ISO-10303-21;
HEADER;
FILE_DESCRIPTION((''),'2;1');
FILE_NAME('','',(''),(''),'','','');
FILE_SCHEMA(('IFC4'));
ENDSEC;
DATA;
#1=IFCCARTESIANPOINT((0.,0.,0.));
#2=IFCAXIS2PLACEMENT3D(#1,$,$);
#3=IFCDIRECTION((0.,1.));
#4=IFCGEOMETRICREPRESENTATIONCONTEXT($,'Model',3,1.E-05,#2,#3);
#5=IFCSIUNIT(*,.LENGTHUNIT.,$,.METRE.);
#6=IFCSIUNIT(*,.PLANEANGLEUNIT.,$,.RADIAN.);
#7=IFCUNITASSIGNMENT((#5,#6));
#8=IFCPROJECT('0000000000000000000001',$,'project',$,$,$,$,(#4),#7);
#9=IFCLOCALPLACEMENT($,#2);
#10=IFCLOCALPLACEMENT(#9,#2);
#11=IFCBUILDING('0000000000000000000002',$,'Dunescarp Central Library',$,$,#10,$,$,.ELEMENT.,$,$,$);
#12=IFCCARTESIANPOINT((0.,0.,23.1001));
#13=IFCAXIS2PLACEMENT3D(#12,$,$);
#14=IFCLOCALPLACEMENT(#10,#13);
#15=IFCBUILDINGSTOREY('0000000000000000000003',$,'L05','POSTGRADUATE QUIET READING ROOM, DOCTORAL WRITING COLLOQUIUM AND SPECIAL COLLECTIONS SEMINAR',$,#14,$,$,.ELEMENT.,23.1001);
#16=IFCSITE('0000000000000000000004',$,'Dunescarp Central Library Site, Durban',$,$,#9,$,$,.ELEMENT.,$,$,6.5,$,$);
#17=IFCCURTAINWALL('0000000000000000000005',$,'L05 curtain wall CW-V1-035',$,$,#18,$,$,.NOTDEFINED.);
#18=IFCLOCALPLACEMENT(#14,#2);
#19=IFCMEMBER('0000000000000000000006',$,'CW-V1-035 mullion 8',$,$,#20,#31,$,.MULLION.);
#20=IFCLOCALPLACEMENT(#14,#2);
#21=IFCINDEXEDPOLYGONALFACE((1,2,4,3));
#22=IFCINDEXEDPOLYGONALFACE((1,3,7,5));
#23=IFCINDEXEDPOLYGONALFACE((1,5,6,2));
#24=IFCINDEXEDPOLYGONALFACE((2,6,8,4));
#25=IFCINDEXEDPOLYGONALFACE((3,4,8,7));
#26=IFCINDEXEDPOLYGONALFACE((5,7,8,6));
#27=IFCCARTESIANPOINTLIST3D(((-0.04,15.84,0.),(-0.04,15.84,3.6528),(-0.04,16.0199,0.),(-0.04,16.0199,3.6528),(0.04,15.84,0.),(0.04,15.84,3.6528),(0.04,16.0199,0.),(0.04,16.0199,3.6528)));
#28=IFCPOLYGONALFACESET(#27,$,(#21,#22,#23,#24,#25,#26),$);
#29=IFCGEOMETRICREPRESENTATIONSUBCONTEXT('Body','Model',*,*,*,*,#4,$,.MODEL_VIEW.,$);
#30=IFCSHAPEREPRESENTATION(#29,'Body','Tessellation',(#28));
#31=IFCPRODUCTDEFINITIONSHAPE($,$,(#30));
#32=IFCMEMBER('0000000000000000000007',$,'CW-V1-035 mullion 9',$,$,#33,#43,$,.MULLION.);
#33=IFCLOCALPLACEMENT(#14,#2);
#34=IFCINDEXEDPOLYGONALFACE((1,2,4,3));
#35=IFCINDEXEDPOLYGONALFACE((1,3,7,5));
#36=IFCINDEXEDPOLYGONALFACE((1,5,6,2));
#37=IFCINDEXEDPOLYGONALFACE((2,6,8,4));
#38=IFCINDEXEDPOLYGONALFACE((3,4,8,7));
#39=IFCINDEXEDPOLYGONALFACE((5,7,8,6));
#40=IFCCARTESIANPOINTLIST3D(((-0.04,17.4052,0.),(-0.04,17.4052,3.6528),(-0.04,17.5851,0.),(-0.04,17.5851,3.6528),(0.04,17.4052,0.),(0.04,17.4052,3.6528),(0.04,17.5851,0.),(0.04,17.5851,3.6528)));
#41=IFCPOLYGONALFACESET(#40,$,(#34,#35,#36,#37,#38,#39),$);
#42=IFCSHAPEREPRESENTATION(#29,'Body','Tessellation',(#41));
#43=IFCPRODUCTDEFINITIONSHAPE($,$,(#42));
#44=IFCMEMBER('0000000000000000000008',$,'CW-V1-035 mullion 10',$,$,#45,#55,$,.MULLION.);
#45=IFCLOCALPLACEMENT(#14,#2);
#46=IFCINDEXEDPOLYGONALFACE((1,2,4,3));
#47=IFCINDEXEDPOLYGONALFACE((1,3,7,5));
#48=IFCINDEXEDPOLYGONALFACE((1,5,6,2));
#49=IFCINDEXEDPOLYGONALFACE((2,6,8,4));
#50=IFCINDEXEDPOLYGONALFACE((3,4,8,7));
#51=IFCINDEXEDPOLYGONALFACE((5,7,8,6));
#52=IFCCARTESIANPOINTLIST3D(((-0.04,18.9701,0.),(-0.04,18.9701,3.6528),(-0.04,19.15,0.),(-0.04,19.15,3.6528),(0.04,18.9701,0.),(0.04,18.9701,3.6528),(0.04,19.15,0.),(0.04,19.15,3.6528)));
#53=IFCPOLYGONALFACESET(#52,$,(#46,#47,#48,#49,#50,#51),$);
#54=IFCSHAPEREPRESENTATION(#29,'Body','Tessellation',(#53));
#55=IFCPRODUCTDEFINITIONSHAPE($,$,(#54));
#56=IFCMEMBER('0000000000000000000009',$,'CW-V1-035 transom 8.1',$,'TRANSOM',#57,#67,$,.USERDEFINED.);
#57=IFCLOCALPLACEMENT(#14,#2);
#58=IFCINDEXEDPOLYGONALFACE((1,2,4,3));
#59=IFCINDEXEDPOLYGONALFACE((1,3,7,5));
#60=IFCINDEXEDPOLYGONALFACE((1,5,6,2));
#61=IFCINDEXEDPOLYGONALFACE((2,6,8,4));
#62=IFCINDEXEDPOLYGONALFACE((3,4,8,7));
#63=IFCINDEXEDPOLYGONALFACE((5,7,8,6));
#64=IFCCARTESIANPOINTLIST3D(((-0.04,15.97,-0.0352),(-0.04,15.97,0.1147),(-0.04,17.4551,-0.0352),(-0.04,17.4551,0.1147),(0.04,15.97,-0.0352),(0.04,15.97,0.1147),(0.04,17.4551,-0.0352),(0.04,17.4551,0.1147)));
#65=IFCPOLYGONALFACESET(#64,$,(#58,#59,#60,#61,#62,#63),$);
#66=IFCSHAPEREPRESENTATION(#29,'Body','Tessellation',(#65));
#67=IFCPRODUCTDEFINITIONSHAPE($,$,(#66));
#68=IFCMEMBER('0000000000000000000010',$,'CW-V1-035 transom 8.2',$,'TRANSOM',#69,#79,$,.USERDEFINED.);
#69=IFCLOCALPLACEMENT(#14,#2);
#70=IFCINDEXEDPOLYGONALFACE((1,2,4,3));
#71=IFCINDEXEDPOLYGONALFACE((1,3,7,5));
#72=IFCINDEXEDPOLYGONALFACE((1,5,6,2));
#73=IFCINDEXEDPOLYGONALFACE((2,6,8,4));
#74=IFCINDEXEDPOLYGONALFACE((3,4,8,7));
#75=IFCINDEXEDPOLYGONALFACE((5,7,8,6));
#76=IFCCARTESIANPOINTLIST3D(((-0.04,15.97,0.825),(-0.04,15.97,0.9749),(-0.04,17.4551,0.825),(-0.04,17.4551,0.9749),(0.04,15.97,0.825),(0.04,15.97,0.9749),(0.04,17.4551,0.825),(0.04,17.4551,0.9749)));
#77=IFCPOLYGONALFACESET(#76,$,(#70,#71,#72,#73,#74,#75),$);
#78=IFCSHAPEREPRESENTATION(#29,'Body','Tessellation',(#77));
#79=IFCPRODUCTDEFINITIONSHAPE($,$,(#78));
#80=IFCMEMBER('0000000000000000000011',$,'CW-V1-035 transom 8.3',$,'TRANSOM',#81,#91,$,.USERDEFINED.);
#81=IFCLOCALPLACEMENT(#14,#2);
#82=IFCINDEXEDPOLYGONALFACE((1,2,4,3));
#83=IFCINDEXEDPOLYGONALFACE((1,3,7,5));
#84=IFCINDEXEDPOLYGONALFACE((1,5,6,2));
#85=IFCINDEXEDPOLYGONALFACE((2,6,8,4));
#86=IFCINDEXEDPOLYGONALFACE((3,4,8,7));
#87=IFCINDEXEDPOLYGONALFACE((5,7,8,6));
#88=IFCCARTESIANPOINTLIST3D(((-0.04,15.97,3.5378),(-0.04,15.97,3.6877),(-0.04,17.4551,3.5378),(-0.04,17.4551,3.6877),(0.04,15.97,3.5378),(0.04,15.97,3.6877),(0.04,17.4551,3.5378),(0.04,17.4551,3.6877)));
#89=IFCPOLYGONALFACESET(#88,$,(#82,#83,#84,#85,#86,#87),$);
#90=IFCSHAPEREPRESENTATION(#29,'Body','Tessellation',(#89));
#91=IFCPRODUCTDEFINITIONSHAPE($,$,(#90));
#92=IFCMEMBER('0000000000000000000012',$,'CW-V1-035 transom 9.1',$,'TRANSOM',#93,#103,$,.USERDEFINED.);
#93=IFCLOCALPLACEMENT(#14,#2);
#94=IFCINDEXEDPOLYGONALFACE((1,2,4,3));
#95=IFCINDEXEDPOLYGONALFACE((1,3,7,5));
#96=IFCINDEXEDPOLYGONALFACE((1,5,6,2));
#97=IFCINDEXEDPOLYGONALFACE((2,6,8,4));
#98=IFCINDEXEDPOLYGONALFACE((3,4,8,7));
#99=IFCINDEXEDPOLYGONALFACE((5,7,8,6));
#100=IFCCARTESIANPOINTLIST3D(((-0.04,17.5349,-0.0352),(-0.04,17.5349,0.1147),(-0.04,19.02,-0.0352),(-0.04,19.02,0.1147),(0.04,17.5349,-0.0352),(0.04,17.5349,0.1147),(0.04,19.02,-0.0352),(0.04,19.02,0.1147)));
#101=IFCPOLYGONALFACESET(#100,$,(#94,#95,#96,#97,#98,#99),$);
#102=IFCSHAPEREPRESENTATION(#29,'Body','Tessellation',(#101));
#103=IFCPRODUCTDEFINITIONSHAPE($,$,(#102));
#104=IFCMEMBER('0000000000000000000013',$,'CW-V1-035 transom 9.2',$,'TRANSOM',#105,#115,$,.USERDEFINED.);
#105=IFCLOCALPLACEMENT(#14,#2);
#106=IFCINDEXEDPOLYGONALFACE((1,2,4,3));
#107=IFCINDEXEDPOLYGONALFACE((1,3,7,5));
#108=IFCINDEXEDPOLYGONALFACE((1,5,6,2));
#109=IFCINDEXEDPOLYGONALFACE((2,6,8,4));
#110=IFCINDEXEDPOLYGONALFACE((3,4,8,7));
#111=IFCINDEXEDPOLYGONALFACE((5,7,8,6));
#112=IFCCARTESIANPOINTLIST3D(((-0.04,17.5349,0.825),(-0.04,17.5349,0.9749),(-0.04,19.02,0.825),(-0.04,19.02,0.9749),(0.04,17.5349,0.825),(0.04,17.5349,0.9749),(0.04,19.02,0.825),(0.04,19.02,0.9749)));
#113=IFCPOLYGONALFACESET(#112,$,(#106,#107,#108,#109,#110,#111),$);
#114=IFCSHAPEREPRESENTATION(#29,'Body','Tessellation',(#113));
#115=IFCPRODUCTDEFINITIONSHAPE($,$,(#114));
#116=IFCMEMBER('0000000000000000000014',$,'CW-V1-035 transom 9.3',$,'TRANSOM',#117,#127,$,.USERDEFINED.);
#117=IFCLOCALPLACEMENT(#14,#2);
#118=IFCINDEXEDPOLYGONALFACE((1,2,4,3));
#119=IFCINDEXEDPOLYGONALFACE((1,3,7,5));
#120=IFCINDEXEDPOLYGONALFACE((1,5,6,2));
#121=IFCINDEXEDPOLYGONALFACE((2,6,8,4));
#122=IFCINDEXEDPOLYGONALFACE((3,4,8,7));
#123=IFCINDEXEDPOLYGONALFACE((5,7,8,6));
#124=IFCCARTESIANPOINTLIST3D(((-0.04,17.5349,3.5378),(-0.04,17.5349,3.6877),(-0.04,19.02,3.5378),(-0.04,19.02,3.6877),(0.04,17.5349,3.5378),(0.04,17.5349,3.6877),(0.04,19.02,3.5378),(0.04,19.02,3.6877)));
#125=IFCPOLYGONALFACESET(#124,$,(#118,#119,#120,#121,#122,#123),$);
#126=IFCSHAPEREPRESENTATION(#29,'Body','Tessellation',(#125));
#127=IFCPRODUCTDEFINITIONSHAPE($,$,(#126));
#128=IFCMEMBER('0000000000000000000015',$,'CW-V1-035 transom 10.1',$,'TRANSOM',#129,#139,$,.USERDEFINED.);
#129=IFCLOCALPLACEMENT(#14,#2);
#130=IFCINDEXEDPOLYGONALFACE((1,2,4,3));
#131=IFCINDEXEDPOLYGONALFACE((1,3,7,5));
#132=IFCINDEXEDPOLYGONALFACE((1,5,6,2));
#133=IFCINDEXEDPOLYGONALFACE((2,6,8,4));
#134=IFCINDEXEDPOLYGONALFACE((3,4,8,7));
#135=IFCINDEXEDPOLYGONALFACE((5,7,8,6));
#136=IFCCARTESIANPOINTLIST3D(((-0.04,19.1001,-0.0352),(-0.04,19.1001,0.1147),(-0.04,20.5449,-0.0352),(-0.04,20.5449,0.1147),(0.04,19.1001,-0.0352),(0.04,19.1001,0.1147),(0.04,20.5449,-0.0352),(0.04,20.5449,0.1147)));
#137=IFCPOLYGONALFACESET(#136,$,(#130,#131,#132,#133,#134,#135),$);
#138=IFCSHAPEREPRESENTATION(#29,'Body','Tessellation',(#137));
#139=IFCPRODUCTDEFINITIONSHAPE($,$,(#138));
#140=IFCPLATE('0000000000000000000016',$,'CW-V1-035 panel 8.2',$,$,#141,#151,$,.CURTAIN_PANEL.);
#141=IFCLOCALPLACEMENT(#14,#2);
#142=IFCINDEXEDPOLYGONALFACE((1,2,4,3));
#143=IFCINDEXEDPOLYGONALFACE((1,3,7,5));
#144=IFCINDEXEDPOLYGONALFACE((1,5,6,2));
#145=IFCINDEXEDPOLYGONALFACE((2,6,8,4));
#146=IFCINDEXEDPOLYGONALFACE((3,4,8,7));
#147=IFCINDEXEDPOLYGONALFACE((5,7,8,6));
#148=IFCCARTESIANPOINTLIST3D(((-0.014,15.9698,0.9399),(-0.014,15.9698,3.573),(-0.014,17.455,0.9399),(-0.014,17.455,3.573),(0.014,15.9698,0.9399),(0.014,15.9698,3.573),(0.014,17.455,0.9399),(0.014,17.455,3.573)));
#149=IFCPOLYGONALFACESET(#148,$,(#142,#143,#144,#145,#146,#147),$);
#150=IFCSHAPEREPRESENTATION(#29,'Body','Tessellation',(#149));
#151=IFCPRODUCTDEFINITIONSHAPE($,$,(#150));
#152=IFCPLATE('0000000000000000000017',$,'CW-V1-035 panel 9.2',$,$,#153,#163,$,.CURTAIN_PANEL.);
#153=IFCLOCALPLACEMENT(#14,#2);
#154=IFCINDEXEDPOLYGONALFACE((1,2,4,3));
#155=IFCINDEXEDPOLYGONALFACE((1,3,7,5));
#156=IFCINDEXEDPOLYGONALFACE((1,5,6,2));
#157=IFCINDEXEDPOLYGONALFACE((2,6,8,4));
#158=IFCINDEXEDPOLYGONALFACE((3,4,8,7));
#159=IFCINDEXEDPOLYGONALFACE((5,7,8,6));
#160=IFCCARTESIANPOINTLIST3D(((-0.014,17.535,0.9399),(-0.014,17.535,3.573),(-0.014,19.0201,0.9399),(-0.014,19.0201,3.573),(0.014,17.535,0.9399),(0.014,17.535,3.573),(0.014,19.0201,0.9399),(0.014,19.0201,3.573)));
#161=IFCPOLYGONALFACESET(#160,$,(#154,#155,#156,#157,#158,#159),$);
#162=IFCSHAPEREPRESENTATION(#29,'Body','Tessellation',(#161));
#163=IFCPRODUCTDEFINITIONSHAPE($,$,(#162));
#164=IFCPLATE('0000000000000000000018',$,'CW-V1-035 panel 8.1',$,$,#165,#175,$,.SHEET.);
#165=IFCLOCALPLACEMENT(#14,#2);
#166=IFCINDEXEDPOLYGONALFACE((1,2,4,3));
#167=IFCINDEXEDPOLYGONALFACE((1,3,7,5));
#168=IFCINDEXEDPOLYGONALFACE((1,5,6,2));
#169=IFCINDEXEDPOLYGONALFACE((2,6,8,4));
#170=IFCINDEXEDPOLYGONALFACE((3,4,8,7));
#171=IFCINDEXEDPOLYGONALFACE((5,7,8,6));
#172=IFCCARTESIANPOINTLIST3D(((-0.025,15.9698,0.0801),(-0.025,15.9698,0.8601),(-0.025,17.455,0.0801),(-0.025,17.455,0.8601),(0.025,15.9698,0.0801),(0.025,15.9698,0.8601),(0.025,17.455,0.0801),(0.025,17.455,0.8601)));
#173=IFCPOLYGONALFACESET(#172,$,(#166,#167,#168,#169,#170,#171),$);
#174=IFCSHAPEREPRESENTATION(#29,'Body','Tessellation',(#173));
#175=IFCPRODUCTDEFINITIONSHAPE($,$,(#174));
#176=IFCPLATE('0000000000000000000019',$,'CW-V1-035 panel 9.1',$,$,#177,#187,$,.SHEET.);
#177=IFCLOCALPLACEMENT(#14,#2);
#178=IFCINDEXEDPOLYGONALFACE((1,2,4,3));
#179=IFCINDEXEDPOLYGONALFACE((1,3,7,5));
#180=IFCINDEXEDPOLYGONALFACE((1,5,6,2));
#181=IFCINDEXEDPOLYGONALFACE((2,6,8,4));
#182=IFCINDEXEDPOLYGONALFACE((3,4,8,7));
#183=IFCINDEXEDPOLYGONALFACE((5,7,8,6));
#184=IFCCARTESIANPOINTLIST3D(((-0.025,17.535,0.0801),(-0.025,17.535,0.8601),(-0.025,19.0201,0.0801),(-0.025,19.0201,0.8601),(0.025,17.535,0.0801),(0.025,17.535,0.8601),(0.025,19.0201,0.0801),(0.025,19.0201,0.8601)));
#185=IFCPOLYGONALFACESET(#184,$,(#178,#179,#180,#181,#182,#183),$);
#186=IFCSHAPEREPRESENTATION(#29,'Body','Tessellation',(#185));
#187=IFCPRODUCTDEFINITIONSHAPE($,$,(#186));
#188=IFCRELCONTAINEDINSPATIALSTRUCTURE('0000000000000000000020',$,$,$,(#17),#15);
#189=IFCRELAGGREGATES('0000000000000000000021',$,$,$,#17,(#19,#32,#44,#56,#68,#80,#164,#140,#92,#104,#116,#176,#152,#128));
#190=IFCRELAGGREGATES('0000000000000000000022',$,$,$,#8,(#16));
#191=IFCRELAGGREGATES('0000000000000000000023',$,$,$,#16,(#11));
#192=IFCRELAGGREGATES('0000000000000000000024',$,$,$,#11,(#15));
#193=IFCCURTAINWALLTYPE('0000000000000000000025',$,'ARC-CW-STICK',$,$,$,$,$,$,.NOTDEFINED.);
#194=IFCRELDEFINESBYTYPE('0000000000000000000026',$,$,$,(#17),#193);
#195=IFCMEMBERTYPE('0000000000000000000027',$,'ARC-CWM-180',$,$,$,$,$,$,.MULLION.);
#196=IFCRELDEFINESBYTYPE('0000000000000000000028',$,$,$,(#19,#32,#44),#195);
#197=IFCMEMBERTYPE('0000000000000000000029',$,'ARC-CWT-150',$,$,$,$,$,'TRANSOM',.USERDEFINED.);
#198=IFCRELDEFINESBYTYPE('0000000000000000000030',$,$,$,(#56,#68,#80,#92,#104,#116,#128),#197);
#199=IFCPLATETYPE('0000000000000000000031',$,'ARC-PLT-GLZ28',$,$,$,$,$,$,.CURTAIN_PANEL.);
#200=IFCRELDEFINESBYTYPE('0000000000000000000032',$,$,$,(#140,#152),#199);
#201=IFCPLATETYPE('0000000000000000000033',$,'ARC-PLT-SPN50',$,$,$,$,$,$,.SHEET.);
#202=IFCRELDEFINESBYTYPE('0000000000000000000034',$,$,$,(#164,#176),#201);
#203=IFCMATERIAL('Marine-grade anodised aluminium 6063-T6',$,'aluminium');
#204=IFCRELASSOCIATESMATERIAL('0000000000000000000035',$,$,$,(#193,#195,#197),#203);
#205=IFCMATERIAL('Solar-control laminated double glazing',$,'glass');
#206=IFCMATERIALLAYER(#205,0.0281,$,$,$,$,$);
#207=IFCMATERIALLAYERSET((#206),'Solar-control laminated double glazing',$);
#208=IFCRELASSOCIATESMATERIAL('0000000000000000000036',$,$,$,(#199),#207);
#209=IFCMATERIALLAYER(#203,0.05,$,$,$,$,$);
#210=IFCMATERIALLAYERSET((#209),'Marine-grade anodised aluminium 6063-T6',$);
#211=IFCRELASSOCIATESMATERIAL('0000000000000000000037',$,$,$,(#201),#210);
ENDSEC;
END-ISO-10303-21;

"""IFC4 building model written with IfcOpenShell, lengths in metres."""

from ifc_helpers import new_model, si_unit, direction, frame, origin, origin_2d, place, context, subcontext, project, spatial, rectangle, extrude, material, layer, layer_set, material_profile, profile_set, type_object, element, aggregate, save


model = new_model("IFC4")

# Units and contexts
model_context = context("Model", 3, precision=1e-05, world=origin(), true_north=direction((0.0, 1.0)))
body_context = subcontext(model_context, "Body", "Model", "MODEL_VIEW")
ifc_project = project(units=[si_unit("LENGTHUNIT", "METRE"), si_unit("PLANEANGLEUNIT", "RADIAN")], contexts=[model_context])

# Site, building, storey
site_placement = place(None, origin())
site = spatial("IfcSite", under=ifc_project, at=site_placement, Name="Dunescarp Central Library Site, Durban", CompositionType="ELEMENT", RefElevation=6.5)
building_placement = place(site_placement, origin())
building = spatial("IfcBuilding", under=site, at=building_placement, Name="Dunescarp Central Library", CompositionType="ELEMENT")
storey_placement = place(building_placement, frame((0.0, 0.0, 23.1001)))
storey = spatial("IfcBuildingStorey", under=building, at=storey_placement, Name="L05", Description="POSTGRADUATE QUIET READING ROOM, DOCTORAL WRITING COLLOQUIUM AND SPECIAL COLLECTIONS SEMINAR", CompositionType="ELEMENT", Elevation=23.1001)

# Curtain wall, members, plates
ifc_material_1 = material(Name="Marine-grade anodised aluminium 6063-T6", Category="aluminium")
curtain_wall_type = type_object("IfcCurtainWallType", Name="ARC-CW-STICK", PredefinedType="NOTDEFINED", material=ifc_material_1)
curtain_wall_placement = place(storey_placement, origin())
curtain_wall = element("IfcCurtainWall", 1, at=curtain_wall_placement, inside=storey, type_object=curtain_wall_type, Name="L05 curtain wall CW-V1-035", PredefinedType="NOTDEFINED")
ifc_material_profile_1 = material_profile(ifc_material_1, rectangle(XDim=0.0801, YDim=0.1799, at=origin_2d()), Name="AL 80x180")
ifc_profile_set_1 = profile_set([ifc_material_profile_1], Name="Marine-grade anodised aluminium 6063-T6")
member_type_1 = type_object("IfcMemberType", Name="ARC-CWM-180", PredefinedType="MULLION", material=ifc_profile_set_1)
member_1_placement = place(storey_placement, frame((0.0, 15.9299, 0.0), z_axis=(0.0, 0.0, 1.0), x_axis=(-1.0, 0.0, 0.0)))
member_1 = element("IfcMember", 2, at=member_1_placement, type_object=member_type_1, Name="CW-V1-035 mullion 8", PredefinedType="MULLION", context=body_context, shape_type="SweptSolid", body=[
    extrude(rectangle(XDim=0.0801, YDim=0.1799, at=origin_2d()), origin(), (0.0, 0.0, 1.0), 3.6528),
])
member_2_placement = place(storey_placement, frame((0.0, 17.4951, 0.0), z_axis=(0.0, 0.0, 1.0), x_axis=(-1.0, 0.0, 0.0)))
member_2 = element("IfcMember", 3, at=member_2_placement, type_object=member_type_1, Name="CW-V1-035 mullion 9", PredefinedType="MULLION", context=body_context, shape_type="SweptSolid", body=[
    extrude(rectangle(XDim=0.0801, YDim=0.1799, at=origin_2d()), origin(), (0.0, 0.0, 1.0), 3.6528),
])
member_3_placement = place(storey_placement, frame((0.0, 19.0601, 0.0), z_axis=(0.0, 0.0, 1.0), x_axis=(-1.0, 0.0, 0.0)))
member_3 = element("IfcMember", 4, at=member_3_placement, type_object=member_type_1, Name="CW-V1-035 mullion 10", PredefinedType="MULLION", context=body_context, shape_type="SweptSolid", body=[
    extrude(rectangle(XDim=0.0801, YDim=0.1799, at=origin_2d()), origin(), (0.0, 0.0, 1.0), 3.6528),
])
ifc_material_profile_2 = material_profile(ifc_material_1, rectangle(XDim=0.0801, YDim=0.1499, at=origin_2d()), Name="AL 80x150")
ifc_profile_set_2 = profile_set([ifc_material_profile_2], Name="Marine-grade anodised aluminium 6063-T6")
member_type_2 = type_object("IfcMemberType", Name="ARC-CWT-150", ElementType="TRANSOM", PredefinedType="USERDEFINED", material=ifc_profile_set_2)
member_4_placement = place(storey_placement, frame((0.0, 15.97, 0.0398), z_axis=(0.0, 1.0, 0.0), x_axis=(-1.0, 0.0, 0.0)))
member_4 = element("IfcMember", 5, at=member_4_placement, type_object=member_type_2, Name="CW-V1-035 transom 8.1", ObjectType="TRANSOM", PredefinedType="USERDEFINED", context=body_context, shape_type="SweptSolid", body=[
    extrude(rectangle(XDim=0.0801, YDim=0.1499, at=origin_2d()), origin(), (0.0, 0.0, 1.0), 1.4851),
])
member_5_placement = place(storey_placement, frame((0.0, 15.97, 0.8999), z_axis=(0.0, 1.0, 0.0), x_axis=(-1.0, 0.0, 0.0)))
member_5 = element("IfcMember", 6, at=member_5_placement, type_object=member_type_2, Name="CW-V1-035 transom 8.2", ObjectType="TRANSOM", PredefinedType="USERDEFINED", context=body_context, shape_type="SweptSolid", body=[
    extrude(rectangle(XDim=0.0801, YDim=0.1499, at=origin_2d()), origin(), (0.0, 0.0, 1.0), 1.4851),
])
member_6_placement = place(storey_placement, frame((0.0, 15.97, 3.6128), z_axis=(0.0, 1.0, 0.0), x_axis=(-1.0, 0.0, 0.0)))
member_6 = element("IfcMember", 7, at=member_6_placement, type_object=member_type_2, Name="CW-V1-035 transom 8.3", ObjectType="TRANSOM", PredefinedType="USERDEFINED", context=body_context, shape_type="SweptSolid", body=[
    extrude(rectangle(XDim=0.0801, YDim=0.1499, at=origin_2d()), origin(), (0.0, 0.0, 1.0), 1.4851),
])
member_7_placement = place(storey_placement, frame((0.0, 17.5349, 0.0398), z_axis=(0.0, 1.0, 0.0), x_axis=(-1.0, 0.0, 0.0)))
member_7 = element("IfcMember", 8, at=member_7_placement, type_object=member_type_2, Name="CW-V1-035 transom 9.1", ObjectType="TRANSOM", PredefinedType="USERDEFINED", context=body_context, shape_type="SweptSolid", body=[
    extrude(rectangle(XDim=0.0801, YDim=0.1499, at=origin_2d()), origin(), (0.0, 0.0, 1.0), 1.4851),
])
member_8_placement = place(storey_placement, frame((0.0, 17.5349, 0.8999), z_axis=(0.0, 1.0, 0.0), x_axis=(-1.0, 0.0, 0.0)))
member_8 = element("IfcMember", 9, at=member_8_placement, type_object=member_type_2, Name="CW-V1-035 transom 9.2", ObjectType="TRANSOM", PredefinedType="USERDEFINED", context=body_context, shape_type="SweptSolid", body=[
    extrude(rectangle(XDim=0.0801, YDim=0.1499, at=origin_2d()), origin(), (0.0, 0.0, 1.0), 1.4851),
])
member_9_placement = place(storey_placement, frame((0.0, 17.5349, 3.6128), z_axis=(0.0, 1.0, 0.0), x_axis=(-1.0, 0.0, 0.0)))
member_9 = element("IfcMember", 10, at=member_9_placement, type_object=member_type_2, Name="CW-V1-035 transom 9.3", ObjectType="TRANSOM", PredefinedType="USERDEFINED", context=body_context, shape_type="SweptSolid", body=[
    extrude(rectangle(XDim=0.0801, YDim=0.1499, at=origin_2d()), origin(), (0.0, 0.0, 1.0), 1.4851),
])
member_10_placement = place(storey_placement, frame((0.0, 19.1001, 0.0398), z_axis=(0.0, 1.0, 0.0), x_axis=(-1.0, 0.0, 0.0)))
member_10 = element("IfcMember", 11, at=member_10_placement, type_object=member_type_2, Name="CW-V1-035 transom 10.1", ObjectType="TRANSOM", PredefinedType="USERDEFINED", context=body_context, shape_type="SweptSolid", body=[
    extrude(rectangle(XDim=0.0801, YDim=0.1499, at=origin_2d()), origin(), (0.0, 0.0, 1.0), 1.4448),
])
ifc_material_2 = material(Name="Solar-control laminated double glazing", Category="glass")
ifc_layer_1 = layer(ifc_material_2, 0.0281)
ifc_layer_set_1 = layer_set([ifc_layer_1], Name="Solar-control laminated double glazing")
plate_type_1 = type_object("IfcPlateType", Name="ARC-PLT-GLZ28", PredefinedType="CURTAIN_PANEL", material=ifc_layer_set_1)
plate_1_placement = place(storey_placement, frame((0.0, 16.7124, 0.9399), z_axis=(0.0, 0.0, 1.0), x_axis=(0.0, 1.0, 0.0)))
plate_1 = element("IfcPlate", 12, at=plate_1_placement, type_object=plate_type_1, Name="CW-V1-035 panel 8.2", PredefinedType="CURTAIN_PANEL", context=body_context, shape_type="SweptSolid", body=[
    extrude(rectangle(XDim=1.4851, YDim=0.0281, at=origin_2d()), origin(), (0.0, 0.0, 1.0), 2.6331),
])
plate_2_placement = place(storey_placement, frame((0.0, 18.2776, 0.9399), z_axis=(0.0, 0.0, 1.0), x_axis=(0.0, 1.0, 0.0)))
plate_2 = element("IfcPlate", 13, at=plate_2_placement, type_object=plate_type_1, Name="CW-V1-035 panel 9.2", PredefinedType="CURTAIN_PANEL", context=body_context, shape_type="SweptSolid", body=[
    extrude(rectangle(XDim=1.4851, YDim=0.0281, at=origin_2d()), origin(), (0.0, 0.0, 1.0), 2.6331),
])
ifc_layer_2 = layer(ifc_material_1, 0.05)
ifc_layer_set_2 = layer_set([ifc_layer_2], Name="Marine-grade anodised aluminium 6063-T6")
plate_type_2 = type_object("IfcPlateType", Name="ARC-PLT-SPN50", PredefinedType="SHEET", material=ifc_layer_set_2)
plate_3_placement = place(storey_placement, frame((0.0, 16.7124, 0.0801), z_axis=(0.0, 0.0, 1.0), x_axis=(0.0, 1.0, 0.0)))
plate_3 = element("IfcPlate", 14, at=plate_3_placement, type_object=plate_type_2, Name="CW-V1-035 panel 8.1", PredefinedType="SHEET", context=body_context, shape_type="SweptSolid", body=[
    extrude(rectangle(XDim=1.4851, YDim=0.05, at=origin_2d()), origin(), (0.0, 0.0, 1.0), 0.78),
])
plate_4_placement = place(storey_placement, frame((0.0, 18.2776, 0.0801), z_axis=(0.0, 0.0, 1.0), x_axis=(0.0, 1.0, 0.0)))
plate_4 = element("IfcPlate", 15, at=plate_4_placement, type_object=plate_type_2, Name="CW-V1-035 panel 9.1", PredefinedType="SHEET", context=body_context, shape_type="SweptSolid", body=[
    extrude(rectangle(XDim=1.4851, YDim=0.05, at=origin_2d()), origin(), (0.0, 0.0, 1.0), 0.78),
])
aggregate(curtain_wall, [member_1, member_2, member_3, member_4, member_5, member_6, plate_3, plate_1, member_7, member_8, member_9, plate_4, plate_2, member_10])

save(model, "model.ifc")
